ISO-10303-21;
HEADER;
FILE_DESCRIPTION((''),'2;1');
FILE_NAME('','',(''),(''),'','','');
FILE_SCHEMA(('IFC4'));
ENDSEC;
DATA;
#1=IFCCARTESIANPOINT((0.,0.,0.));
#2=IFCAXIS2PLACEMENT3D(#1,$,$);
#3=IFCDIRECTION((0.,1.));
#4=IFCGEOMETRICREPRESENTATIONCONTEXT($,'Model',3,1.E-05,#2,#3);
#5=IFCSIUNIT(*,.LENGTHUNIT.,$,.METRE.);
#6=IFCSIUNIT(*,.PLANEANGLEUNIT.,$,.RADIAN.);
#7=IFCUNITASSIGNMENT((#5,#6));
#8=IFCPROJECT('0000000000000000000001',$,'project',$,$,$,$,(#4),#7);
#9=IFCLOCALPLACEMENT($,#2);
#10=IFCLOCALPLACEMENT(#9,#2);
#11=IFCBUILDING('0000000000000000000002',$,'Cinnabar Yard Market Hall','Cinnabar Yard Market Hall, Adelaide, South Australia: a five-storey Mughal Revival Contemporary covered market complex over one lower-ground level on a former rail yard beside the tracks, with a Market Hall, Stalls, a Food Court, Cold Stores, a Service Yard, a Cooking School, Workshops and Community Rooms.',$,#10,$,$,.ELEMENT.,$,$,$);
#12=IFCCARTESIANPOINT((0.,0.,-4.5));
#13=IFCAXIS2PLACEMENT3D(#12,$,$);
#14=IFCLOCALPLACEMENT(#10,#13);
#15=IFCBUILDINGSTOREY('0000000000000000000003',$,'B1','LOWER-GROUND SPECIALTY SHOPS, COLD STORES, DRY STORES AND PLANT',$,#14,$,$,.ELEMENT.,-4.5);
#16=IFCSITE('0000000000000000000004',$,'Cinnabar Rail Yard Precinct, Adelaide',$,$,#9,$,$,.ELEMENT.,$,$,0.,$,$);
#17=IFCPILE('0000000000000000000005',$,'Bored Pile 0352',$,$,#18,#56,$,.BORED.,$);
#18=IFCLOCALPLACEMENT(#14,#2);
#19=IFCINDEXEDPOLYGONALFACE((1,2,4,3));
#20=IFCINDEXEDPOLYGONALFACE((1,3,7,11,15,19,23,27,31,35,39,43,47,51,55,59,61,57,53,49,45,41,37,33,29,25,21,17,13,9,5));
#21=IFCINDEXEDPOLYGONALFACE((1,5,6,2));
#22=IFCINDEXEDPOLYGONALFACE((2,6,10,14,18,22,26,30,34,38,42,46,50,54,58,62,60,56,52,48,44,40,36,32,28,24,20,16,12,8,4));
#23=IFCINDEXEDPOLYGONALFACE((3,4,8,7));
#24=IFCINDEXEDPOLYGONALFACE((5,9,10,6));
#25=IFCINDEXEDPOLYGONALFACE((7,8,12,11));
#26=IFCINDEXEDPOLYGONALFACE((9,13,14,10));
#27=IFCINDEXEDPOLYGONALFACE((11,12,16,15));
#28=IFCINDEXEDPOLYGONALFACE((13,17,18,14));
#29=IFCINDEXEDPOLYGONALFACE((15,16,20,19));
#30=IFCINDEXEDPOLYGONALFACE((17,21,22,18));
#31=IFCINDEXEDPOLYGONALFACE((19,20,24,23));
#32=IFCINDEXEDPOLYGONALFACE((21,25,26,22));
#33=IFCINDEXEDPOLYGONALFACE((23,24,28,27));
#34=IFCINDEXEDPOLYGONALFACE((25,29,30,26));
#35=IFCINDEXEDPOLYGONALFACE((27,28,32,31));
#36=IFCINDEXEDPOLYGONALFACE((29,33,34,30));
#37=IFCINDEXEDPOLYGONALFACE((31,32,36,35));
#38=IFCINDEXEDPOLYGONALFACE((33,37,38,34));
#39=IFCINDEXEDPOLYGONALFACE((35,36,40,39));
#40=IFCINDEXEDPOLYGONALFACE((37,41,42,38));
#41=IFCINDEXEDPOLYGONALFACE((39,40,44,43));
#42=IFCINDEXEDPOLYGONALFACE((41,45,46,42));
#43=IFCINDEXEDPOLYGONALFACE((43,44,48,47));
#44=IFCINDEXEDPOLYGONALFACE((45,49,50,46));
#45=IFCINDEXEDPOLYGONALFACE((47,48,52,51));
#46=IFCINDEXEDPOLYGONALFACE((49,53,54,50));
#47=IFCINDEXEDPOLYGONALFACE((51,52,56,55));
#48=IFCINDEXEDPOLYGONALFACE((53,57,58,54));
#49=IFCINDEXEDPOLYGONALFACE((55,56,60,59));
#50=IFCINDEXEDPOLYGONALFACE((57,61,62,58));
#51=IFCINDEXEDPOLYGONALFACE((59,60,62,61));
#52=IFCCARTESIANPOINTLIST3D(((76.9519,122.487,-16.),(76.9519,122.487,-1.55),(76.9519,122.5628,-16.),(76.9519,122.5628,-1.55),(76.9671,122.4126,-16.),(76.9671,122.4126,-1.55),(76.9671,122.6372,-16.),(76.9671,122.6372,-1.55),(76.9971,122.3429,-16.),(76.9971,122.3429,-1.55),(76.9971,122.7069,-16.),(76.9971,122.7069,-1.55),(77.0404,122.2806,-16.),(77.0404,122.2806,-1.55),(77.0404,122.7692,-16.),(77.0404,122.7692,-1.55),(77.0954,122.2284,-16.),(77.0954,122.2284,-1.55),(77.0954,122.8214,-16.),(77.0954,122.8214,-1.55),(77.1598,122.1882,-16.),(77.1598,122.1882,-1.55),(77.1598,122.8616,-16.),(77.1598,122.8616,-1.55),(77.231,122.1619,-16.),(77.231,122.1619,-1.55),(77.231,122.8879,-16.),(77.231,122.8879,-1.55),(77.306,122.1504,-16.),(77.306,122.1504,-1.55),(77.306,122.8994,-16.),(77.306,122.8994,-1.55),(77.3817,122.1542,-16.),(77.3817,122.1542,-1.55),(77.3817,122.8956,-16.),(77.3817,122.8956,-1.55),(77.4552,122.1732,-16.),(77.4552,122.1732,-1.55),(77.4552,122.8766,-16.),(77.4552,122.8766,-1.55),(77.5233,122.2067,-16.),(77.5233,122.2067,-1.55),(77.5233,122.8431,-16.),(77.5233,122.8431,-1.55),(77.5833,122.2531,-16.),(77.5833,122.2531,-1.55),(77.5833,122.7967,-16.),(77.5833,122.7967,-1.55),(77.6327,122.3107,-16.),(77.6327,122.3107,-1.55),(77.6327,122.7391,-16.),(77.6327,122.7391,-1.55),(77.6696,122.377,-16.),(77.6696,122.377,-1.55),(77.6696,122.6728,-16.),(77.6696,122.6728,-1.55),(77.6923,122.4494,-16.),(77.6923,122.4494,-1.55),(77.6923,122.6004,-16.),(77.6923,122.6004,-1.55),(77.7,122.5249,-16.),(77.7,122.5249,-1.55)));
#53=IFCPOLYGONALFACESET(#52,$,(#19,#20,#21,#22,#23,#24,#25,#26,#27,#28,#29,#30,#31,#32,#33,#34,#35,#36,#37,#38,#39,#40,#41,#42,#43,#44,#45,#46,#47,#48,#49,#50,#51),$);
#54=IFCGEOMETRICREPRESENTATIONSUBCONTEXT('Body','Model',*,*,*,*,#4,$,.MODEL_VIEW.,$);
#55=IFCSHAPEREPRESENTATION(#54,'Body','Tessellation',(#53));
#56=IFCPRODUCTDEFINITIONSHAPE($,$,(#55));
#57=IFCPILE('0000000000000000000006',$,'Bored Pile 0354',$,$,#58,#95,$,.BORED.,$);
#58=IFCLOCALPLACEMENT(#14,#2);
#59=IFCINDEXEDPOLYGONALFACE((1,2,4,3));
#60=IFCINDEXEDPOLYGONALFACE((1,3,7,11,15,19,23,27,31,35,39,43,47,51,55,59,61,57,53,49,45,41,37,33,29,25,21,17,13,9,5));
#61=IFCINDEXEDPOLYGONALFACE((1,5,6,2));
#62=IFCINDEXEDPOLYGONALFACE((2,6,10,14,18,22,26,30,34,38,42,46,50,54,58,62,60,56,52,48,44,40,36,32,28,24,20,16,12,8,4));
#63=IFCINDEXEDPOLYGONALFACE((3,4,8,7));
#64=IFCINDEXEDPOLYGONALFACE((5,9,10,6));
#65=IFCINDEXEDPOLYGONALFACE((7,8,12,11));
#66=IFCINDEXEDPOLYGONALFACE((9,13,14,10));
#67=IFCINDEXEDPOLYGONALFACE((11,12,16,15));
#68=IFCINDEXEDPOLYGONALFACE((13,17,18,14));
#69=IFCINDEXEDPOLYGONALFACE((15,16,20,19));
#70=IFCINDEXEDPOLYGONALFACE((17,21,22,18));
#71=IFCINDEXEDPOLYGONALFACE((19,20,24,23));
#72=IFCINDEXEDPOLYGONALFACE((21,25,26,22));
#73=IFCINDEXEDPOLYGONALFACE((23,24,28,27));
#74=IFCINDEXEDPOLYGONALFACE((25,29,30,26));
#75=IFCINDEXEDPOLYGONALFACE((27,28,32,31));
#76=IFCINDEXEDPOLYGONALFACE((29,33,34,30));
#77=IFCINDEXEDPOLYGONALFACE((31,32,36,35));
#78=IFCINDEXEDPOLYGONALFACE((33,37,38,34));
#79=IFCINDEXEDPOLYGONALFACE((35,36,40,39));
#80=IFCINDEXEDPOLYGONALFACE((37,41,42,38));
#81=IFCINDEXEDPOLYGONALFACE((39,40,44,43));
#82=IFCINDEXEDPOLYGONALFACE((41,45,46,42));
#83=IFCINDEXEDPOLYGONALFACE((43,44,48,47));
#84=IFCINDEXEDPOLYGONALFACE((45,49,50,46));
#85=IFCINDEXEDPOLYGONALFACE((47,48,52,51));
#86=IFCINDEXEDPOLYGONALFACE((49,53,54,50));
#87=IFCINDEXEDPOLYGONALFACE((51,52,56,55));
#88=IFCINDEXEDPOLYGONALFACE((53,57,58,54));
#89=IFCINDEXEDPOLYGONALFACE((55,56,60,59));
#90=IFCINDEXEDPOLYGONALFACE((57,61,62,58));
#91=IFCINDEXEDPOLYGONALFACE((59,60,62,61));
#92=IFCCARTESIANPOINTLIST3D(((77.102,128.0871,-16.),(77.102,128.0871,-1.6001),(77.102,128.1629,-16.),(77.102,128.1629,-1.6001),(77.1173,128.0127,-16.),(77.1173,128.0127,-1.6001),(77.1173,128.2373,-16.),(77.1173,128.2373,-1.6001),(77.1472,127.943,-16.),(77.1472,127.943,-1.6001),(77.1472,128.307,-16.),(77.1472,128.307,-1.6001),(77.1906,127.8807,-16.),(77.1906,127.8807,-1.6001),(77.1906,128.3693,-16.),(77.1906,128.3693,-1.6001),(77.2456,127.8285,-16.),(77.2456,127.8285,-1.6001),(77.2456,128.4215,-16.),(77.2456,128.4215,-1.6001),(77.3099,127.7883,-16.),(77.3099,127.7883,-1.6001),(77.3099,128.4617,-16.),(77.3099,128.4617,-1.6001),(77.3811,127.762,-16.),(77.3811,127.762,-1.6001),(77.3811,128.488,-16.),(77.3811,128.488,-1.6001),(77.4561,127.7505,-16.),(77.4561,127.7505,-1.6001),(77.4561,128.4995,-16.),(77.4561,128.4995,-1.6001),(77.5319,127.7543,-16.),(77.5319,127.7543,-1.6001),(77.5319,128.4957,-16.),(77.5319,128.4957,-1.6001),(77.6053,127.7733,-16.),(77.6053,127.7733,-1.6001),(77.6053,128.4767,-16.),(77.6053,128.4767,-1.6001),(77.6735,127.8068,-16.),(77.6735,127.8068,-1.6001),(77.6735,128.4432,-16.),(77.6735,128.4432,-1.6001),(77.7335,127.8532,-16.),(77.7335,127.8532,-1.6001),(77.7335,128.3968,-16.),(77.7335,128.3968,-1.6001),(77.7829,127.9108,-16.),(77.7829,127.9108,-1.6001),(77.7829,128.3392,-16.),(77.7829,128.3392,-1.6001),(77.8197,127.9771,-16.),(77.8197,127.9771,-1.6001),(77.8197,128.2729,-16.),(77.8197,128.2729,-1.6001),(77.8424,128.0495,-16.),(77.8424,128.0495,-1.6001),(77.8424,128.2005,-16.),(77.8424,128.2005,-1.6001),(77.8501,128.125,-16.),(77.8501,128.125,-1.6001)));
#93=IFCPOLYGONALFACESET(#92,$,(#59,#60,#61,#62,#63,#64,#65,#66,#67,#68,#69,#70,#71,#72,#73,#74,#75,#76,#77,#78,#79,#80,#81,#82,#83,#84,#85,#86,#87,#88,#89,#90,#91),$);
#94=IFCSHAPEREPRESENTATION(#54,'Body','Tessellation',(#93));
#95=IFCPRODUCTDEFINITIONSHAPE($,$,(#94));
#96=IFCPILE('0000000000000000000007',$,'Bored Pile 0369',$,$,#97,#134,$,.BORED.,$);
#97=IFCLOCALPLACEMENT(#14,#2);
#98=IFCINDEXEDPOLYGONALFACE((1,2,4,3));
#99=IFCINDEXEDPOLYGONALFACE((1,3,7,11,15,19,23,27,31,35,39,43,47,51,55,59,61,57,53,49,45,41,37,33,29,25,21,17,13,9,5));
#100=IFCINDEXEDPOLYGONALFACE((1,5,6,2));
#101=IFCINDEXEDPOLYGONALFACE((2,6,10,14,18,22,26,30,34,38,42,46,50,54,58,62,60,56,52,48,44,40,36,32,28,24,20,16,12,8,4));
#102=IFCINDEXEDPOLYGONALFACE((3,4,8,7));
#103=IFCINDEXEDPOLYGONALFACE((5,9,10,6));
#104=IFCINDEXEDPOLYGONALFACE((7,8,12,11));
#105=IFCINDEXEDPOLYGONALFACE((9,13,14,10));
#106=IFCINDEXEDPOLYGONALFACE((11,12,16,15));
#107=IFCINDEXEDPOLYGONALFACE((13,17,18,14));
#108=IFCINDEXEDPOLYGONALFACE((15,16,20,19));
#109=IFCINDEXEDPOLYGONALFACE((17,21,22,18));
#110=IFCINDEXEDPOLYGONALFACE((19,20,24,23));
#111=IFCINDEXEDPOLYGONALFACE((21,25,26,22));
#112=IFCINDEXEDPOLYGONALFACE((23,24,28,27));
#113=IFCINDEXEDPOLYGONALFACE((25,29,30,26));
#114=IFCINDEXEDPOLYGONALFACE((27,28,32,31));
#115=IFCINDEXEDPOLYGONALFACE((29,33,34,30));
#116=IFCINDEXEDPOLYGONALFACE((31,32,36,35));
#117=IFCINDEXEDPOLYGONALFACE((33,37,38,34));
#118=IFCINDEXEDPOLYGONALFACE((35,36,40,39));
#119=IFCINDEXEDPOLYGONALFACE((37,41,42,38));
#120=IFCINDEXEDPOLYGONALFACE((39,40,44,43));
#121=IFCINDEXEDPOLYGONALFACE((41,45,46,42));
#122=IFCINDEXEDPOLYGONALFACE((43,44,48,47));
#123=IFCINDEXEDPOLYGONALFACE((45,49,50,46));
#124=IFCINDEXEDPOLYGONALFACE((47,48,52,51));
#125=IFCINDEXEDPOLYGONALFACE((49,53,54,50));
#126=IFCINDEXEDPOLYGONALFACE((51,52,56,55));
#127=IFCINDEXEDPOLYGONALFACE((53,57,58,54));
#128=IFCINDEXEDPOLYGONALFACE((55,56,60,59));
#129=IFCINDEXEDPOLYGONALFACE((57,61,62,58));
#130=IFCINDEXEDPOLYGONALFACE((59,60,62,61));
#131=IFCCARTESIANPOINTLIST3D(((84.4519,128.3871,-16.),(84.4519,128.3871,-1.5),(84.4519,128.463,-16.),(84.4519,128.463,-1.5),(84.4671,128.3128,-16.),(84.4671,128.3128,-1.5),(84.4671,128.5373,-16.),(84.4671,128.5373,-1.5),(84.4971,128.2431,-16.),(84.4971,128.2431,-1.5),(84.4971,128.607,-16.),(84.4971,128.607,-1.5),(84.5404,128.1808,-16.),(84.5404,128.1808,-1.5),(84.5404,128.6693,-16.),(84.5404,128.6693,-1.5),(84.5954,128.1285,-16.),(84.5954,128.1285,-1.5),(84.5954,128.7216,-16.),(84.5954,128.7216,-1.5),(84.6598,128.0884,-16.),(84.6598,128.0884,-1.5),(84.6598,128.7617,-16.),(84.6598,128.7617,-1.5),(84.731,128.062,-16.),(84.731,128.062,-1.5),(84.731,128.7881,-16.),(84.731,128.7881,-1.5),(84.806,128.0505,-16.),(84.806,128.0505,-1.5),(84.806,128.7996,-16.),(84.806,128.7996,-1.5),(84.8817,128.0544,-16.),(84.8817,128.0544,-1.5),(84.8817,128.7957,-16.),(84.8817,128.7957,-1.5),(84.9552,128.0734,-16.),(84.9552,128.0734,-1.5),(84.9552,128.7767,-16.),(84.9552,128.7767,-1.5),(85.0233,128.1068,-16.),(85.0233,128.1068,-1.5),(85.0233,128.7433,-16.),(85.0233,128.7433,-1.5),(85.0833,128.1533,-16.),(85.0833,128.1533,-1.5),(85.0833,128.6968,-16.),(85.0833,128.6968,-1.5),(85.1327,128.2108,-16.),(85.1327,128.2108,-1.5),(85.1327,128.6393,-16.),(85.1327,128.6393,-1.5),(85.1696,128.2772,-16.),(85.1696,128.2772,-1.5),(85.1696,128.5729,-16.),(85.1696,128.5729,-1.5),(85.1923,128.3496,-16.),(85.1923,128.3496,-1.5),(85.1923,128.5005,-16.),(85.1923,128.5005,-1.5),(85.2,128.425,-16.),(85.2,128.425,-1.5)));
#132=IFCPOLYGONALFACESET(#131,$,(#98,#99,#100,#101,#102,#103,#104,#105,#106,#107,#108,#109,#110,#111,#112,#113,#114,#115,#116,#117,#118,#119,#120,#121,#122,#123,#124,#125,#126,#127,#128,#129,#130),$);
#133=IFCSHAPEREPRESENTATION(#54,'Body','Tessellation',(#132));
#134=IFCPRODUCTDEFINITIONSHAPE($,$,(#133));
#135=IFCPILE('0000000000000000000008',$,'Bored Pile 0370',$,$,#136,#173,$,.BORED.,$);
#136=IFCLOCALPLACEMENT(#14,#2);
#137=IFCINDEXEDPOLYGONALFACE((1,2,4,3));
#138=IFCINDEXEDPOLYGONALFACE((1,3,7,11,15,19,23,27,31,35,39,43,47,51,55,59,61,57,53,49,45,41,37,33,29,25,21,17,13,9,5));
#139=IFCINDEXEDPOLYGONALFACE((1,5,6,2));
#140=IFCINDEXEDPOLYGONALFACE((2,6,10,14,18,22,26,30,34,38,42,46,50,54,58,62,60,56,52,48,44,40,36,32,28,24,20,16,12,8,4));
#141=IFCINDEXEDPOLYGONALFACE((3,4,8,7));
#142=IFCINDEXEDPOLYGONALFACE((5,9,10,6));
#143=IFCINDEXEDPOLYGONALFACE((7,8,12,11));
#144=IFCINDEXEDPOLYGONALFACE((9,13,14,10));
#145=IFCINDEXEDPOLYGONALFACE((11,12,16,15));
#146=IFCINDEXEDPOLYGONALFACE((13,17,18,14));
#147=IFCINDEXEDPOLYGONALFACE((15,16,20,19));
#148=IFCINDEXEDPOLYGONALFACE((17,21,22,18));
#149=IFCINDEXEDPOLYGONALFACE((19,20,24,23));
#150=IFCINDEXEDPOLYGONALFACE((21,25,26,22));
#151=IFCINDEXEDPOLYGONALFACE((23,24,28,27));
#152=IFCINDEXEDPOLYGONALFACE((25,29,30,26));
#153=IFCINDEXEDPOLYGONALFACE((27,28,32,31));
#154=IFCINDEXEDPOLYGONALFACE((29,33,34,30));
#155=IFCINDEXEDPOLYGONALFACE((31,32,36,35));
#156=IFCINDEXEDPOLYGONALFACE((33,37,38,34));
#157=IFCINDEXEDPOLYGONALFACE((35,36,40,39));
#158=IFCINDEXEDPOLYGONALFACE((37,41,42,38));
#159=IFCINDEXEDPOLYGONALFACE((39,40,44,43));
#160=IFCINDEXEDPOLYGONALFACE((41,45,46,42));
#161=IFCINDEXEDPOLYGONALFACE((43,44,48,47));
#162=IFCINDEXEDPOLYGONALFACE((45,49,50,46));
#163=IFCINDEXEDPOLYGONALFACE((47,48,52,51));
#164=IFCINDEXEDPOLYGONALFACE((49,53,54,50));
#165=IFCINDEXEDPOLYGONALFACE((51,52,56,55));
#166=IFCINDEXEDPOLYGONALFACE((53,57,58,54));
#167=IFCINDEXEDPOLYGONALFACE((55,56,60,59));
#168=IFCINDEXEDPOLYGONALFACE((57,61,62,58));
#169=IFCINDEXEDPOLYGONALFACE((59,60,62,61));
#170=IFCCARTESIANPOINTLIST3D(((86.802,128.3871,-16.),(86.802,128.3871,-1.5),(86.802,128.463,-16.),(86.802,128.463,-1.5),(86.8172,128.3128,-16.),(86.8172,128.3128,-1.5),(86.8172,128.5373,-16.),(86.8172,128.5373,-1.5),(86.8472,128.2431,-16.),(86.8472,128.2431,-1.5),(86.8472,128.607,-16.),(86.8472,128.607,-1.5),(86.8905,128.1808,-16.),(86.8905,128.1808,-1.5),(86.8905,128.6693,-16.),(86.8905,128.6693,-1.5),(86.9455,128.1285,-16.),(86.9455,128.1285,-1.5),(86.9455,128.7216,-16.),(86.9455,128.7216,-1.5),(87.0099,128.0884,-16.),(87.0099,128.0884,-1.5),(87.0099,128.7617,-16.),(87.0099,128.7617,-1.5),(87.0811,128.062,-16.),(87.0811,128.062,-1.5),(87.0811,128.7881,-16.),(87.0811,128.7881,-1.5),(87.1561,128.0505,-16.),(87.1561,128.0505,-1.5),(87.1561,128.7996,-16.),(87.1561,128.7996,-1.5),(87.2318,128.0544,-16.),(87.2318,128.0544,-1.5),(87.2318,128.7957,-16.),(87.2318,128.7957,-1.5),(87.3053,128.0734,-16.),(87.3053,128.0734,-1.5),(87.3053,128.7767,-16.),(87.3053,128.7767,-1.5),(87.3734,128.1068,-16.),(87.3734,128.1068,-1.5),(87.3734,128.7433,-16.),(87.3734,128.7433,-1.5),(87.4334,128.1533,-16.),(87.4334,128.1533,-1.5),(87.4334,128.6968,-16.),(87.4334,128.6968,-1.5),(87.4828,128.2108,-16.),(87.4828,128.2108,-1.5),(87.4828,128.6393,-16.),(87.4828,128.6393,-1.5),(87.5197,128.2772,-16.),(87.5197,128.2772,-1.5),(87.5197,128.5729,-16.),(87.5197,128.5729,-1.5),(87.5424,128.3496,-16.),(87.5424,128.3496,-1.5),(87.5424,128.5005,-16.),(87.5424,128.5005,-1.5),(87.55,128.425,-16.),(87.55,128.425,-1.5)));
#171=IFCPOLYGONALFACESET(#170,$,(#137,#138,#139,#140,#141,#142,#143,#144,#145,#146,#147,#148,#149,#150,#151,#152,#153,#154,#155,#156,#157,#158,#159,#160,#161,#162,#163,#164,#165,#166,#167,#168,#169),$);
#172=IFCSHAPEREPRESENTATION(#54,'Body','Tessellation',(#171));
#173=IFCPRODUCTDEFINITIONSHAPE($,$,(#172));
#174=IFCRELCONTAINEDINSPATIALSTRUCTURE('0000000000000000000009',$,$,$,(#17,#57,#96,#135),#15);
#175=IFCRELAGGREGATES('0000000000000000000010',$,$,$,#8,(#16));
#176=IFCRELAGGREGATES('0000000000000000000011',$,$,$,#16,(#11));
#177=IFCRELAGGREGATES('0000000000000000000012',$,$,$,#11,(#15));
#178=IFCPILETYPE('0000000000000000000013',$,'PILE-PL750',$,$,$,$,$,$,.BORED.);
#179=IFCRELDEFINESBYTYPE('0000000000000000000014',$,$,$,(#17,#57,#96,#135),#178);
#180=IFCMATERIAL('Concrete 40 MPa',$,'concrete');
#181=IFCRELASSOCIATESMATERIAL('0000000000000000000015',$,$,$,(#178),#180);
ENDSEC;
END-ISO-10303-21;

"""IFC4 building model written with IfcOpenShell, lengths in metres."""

from ifc_helpers import new_model, si_unit, direction, frame, origin, origin_2d_with_axis, place, context, subcontext, project, spatial, circle, extrude, material, material_profile, profile_set, type_object, element, save


model = new_model("IFC4")

# Units and contexts
model_context = context("Model", 3, precision=1e-05, world=origin(), true_north=direction((0.0, 1.0)))
body_context = subcontext(model_context, "Body", "Model", "MODEL_VIEW")
ifc_project = project(units=[si_unit("LENGTHUNIT", "METRE"), si_unit("PLANEANGLEUNIT", "RADIAN")], contexts=[model_context])

# Site, building, storey
site_placement = place(None, origin())
site = spatial("IfcSite", under=ifc_project, at=site_placement, Name="Cinnabar Rail Yard Precinct, Adelaide", CompositionType="ELEMENT", RefElevation=0.0)
building_placement = place(site_placement, origin())
building = spatial("IfcBuilding", under=site, at=building_placement, Name="Cinnabar Yard Market Hall", Description="Cinnabar Yard Market Hall, Adelaide, South Australia: a five-storey Mughal Revival Contemporary covered market complex over one lower-ground level on a former rail yard beside the tracks, with a Market Hall, Stalls, a Food Court, Cold Stores, a Service Yard, a Cooking School, Workshops and Community Rooms.", CompositionType="ELEMENT")
storey_placement = place(building_placement, frame((0.0, 0.0, -4.5)))
storey = spatial("IfcBuildingStorey", under=building, at=storey_placement, Name="B1", Description="LOWER-GROUND SPECIALTY SHOPS, COLD STORES, DRY STORES AND PLANT", CompositionType="ELEMENT", Elevation=-4.5)

# Shared definitions
ifc_material_1 = material(Name="Concrete 40 MPa", Category="concrete")

# Piles
ifc_material_profile_1 = material_profile(ifc_material_1, circle(Radius=0.375, at=origin_2d_with_axis()), Name="PILE-D750")
ifc_profile_set_1 = profile_set([ifc_material_profile_1], Name="Concrete 40 MPa")
pile_type_1 = type_object("IfcPileType", Name="PILE-PL750", PredefinedType="BORED", material=ifc_profile_set_1)
for number, where, z_axis, x_axis, name in (
    (1, (77.325, 122.5249, -1.55), (0.0, 0.0, -1.0), (1.0, 0.0, 0.0), "Bored Pile 0352"),
):
    element("IfcPile", number, at=place(storey_placement, frame(where, z_axis=z_axis, x_axis=x_axis)), inside=storey, type_object=pile_type_1, Name=name, PredefinedType="BORED", context=body_context, shape_type="SweptSolid", body=[
        extrude(circle(Radius=0.375, at=origin_2d_with_axis()), origin(), (0.0, 0.0, 1.0), 14.45),
    ])
pile_1_placement = place(storey_placement, frame((77.4751, 128.125, -1.6001), z_axis=(0.0, 0.0, -1.0), x_axis=(1.0, 0.0, 0.0)))
element("IfcPile", 2, at=pile_1_placement, inside=storey, type_object=pile_type_1, Name="Bored Pile 0354", PredefinedType="BORED", context=body_context, shape_type="SweptSolid", body=[
    extrude(circle(Radius=0.375, at=origin_2d_with_axis()), origin(), (0.0, 0.0, 1.0), 14.3999),
])
for number, where, z_axis, x_axis, name in (
    (3, (84.825, 128.425, -1.5), (0.0, 0.0, -1.0), (1.0, 0.0, 0.0), "Bored Pile 0369"),
    (4, (87.175, 128.425, -1.5), (0.0, 0.0, -1.0), (1.0, 0.0, 0.0), "Bored Pile 0370"),
):
    element("IfcPile", number, at=place(storey_placement, frame(where, z_axis=z_axis, x_axis=x_axis)), inside=storey, type_object=pile_type_1, Name=name, PredefinedType="BORED", context=body_context, shape_type="SweptSolid", body=[
        extrude(circle(Radius=0.375, at=origin_2d_with_axis()), origin(), (0.0, 0.0, 1.0), 14.5),
    ])

save(model, "model.ifc")
